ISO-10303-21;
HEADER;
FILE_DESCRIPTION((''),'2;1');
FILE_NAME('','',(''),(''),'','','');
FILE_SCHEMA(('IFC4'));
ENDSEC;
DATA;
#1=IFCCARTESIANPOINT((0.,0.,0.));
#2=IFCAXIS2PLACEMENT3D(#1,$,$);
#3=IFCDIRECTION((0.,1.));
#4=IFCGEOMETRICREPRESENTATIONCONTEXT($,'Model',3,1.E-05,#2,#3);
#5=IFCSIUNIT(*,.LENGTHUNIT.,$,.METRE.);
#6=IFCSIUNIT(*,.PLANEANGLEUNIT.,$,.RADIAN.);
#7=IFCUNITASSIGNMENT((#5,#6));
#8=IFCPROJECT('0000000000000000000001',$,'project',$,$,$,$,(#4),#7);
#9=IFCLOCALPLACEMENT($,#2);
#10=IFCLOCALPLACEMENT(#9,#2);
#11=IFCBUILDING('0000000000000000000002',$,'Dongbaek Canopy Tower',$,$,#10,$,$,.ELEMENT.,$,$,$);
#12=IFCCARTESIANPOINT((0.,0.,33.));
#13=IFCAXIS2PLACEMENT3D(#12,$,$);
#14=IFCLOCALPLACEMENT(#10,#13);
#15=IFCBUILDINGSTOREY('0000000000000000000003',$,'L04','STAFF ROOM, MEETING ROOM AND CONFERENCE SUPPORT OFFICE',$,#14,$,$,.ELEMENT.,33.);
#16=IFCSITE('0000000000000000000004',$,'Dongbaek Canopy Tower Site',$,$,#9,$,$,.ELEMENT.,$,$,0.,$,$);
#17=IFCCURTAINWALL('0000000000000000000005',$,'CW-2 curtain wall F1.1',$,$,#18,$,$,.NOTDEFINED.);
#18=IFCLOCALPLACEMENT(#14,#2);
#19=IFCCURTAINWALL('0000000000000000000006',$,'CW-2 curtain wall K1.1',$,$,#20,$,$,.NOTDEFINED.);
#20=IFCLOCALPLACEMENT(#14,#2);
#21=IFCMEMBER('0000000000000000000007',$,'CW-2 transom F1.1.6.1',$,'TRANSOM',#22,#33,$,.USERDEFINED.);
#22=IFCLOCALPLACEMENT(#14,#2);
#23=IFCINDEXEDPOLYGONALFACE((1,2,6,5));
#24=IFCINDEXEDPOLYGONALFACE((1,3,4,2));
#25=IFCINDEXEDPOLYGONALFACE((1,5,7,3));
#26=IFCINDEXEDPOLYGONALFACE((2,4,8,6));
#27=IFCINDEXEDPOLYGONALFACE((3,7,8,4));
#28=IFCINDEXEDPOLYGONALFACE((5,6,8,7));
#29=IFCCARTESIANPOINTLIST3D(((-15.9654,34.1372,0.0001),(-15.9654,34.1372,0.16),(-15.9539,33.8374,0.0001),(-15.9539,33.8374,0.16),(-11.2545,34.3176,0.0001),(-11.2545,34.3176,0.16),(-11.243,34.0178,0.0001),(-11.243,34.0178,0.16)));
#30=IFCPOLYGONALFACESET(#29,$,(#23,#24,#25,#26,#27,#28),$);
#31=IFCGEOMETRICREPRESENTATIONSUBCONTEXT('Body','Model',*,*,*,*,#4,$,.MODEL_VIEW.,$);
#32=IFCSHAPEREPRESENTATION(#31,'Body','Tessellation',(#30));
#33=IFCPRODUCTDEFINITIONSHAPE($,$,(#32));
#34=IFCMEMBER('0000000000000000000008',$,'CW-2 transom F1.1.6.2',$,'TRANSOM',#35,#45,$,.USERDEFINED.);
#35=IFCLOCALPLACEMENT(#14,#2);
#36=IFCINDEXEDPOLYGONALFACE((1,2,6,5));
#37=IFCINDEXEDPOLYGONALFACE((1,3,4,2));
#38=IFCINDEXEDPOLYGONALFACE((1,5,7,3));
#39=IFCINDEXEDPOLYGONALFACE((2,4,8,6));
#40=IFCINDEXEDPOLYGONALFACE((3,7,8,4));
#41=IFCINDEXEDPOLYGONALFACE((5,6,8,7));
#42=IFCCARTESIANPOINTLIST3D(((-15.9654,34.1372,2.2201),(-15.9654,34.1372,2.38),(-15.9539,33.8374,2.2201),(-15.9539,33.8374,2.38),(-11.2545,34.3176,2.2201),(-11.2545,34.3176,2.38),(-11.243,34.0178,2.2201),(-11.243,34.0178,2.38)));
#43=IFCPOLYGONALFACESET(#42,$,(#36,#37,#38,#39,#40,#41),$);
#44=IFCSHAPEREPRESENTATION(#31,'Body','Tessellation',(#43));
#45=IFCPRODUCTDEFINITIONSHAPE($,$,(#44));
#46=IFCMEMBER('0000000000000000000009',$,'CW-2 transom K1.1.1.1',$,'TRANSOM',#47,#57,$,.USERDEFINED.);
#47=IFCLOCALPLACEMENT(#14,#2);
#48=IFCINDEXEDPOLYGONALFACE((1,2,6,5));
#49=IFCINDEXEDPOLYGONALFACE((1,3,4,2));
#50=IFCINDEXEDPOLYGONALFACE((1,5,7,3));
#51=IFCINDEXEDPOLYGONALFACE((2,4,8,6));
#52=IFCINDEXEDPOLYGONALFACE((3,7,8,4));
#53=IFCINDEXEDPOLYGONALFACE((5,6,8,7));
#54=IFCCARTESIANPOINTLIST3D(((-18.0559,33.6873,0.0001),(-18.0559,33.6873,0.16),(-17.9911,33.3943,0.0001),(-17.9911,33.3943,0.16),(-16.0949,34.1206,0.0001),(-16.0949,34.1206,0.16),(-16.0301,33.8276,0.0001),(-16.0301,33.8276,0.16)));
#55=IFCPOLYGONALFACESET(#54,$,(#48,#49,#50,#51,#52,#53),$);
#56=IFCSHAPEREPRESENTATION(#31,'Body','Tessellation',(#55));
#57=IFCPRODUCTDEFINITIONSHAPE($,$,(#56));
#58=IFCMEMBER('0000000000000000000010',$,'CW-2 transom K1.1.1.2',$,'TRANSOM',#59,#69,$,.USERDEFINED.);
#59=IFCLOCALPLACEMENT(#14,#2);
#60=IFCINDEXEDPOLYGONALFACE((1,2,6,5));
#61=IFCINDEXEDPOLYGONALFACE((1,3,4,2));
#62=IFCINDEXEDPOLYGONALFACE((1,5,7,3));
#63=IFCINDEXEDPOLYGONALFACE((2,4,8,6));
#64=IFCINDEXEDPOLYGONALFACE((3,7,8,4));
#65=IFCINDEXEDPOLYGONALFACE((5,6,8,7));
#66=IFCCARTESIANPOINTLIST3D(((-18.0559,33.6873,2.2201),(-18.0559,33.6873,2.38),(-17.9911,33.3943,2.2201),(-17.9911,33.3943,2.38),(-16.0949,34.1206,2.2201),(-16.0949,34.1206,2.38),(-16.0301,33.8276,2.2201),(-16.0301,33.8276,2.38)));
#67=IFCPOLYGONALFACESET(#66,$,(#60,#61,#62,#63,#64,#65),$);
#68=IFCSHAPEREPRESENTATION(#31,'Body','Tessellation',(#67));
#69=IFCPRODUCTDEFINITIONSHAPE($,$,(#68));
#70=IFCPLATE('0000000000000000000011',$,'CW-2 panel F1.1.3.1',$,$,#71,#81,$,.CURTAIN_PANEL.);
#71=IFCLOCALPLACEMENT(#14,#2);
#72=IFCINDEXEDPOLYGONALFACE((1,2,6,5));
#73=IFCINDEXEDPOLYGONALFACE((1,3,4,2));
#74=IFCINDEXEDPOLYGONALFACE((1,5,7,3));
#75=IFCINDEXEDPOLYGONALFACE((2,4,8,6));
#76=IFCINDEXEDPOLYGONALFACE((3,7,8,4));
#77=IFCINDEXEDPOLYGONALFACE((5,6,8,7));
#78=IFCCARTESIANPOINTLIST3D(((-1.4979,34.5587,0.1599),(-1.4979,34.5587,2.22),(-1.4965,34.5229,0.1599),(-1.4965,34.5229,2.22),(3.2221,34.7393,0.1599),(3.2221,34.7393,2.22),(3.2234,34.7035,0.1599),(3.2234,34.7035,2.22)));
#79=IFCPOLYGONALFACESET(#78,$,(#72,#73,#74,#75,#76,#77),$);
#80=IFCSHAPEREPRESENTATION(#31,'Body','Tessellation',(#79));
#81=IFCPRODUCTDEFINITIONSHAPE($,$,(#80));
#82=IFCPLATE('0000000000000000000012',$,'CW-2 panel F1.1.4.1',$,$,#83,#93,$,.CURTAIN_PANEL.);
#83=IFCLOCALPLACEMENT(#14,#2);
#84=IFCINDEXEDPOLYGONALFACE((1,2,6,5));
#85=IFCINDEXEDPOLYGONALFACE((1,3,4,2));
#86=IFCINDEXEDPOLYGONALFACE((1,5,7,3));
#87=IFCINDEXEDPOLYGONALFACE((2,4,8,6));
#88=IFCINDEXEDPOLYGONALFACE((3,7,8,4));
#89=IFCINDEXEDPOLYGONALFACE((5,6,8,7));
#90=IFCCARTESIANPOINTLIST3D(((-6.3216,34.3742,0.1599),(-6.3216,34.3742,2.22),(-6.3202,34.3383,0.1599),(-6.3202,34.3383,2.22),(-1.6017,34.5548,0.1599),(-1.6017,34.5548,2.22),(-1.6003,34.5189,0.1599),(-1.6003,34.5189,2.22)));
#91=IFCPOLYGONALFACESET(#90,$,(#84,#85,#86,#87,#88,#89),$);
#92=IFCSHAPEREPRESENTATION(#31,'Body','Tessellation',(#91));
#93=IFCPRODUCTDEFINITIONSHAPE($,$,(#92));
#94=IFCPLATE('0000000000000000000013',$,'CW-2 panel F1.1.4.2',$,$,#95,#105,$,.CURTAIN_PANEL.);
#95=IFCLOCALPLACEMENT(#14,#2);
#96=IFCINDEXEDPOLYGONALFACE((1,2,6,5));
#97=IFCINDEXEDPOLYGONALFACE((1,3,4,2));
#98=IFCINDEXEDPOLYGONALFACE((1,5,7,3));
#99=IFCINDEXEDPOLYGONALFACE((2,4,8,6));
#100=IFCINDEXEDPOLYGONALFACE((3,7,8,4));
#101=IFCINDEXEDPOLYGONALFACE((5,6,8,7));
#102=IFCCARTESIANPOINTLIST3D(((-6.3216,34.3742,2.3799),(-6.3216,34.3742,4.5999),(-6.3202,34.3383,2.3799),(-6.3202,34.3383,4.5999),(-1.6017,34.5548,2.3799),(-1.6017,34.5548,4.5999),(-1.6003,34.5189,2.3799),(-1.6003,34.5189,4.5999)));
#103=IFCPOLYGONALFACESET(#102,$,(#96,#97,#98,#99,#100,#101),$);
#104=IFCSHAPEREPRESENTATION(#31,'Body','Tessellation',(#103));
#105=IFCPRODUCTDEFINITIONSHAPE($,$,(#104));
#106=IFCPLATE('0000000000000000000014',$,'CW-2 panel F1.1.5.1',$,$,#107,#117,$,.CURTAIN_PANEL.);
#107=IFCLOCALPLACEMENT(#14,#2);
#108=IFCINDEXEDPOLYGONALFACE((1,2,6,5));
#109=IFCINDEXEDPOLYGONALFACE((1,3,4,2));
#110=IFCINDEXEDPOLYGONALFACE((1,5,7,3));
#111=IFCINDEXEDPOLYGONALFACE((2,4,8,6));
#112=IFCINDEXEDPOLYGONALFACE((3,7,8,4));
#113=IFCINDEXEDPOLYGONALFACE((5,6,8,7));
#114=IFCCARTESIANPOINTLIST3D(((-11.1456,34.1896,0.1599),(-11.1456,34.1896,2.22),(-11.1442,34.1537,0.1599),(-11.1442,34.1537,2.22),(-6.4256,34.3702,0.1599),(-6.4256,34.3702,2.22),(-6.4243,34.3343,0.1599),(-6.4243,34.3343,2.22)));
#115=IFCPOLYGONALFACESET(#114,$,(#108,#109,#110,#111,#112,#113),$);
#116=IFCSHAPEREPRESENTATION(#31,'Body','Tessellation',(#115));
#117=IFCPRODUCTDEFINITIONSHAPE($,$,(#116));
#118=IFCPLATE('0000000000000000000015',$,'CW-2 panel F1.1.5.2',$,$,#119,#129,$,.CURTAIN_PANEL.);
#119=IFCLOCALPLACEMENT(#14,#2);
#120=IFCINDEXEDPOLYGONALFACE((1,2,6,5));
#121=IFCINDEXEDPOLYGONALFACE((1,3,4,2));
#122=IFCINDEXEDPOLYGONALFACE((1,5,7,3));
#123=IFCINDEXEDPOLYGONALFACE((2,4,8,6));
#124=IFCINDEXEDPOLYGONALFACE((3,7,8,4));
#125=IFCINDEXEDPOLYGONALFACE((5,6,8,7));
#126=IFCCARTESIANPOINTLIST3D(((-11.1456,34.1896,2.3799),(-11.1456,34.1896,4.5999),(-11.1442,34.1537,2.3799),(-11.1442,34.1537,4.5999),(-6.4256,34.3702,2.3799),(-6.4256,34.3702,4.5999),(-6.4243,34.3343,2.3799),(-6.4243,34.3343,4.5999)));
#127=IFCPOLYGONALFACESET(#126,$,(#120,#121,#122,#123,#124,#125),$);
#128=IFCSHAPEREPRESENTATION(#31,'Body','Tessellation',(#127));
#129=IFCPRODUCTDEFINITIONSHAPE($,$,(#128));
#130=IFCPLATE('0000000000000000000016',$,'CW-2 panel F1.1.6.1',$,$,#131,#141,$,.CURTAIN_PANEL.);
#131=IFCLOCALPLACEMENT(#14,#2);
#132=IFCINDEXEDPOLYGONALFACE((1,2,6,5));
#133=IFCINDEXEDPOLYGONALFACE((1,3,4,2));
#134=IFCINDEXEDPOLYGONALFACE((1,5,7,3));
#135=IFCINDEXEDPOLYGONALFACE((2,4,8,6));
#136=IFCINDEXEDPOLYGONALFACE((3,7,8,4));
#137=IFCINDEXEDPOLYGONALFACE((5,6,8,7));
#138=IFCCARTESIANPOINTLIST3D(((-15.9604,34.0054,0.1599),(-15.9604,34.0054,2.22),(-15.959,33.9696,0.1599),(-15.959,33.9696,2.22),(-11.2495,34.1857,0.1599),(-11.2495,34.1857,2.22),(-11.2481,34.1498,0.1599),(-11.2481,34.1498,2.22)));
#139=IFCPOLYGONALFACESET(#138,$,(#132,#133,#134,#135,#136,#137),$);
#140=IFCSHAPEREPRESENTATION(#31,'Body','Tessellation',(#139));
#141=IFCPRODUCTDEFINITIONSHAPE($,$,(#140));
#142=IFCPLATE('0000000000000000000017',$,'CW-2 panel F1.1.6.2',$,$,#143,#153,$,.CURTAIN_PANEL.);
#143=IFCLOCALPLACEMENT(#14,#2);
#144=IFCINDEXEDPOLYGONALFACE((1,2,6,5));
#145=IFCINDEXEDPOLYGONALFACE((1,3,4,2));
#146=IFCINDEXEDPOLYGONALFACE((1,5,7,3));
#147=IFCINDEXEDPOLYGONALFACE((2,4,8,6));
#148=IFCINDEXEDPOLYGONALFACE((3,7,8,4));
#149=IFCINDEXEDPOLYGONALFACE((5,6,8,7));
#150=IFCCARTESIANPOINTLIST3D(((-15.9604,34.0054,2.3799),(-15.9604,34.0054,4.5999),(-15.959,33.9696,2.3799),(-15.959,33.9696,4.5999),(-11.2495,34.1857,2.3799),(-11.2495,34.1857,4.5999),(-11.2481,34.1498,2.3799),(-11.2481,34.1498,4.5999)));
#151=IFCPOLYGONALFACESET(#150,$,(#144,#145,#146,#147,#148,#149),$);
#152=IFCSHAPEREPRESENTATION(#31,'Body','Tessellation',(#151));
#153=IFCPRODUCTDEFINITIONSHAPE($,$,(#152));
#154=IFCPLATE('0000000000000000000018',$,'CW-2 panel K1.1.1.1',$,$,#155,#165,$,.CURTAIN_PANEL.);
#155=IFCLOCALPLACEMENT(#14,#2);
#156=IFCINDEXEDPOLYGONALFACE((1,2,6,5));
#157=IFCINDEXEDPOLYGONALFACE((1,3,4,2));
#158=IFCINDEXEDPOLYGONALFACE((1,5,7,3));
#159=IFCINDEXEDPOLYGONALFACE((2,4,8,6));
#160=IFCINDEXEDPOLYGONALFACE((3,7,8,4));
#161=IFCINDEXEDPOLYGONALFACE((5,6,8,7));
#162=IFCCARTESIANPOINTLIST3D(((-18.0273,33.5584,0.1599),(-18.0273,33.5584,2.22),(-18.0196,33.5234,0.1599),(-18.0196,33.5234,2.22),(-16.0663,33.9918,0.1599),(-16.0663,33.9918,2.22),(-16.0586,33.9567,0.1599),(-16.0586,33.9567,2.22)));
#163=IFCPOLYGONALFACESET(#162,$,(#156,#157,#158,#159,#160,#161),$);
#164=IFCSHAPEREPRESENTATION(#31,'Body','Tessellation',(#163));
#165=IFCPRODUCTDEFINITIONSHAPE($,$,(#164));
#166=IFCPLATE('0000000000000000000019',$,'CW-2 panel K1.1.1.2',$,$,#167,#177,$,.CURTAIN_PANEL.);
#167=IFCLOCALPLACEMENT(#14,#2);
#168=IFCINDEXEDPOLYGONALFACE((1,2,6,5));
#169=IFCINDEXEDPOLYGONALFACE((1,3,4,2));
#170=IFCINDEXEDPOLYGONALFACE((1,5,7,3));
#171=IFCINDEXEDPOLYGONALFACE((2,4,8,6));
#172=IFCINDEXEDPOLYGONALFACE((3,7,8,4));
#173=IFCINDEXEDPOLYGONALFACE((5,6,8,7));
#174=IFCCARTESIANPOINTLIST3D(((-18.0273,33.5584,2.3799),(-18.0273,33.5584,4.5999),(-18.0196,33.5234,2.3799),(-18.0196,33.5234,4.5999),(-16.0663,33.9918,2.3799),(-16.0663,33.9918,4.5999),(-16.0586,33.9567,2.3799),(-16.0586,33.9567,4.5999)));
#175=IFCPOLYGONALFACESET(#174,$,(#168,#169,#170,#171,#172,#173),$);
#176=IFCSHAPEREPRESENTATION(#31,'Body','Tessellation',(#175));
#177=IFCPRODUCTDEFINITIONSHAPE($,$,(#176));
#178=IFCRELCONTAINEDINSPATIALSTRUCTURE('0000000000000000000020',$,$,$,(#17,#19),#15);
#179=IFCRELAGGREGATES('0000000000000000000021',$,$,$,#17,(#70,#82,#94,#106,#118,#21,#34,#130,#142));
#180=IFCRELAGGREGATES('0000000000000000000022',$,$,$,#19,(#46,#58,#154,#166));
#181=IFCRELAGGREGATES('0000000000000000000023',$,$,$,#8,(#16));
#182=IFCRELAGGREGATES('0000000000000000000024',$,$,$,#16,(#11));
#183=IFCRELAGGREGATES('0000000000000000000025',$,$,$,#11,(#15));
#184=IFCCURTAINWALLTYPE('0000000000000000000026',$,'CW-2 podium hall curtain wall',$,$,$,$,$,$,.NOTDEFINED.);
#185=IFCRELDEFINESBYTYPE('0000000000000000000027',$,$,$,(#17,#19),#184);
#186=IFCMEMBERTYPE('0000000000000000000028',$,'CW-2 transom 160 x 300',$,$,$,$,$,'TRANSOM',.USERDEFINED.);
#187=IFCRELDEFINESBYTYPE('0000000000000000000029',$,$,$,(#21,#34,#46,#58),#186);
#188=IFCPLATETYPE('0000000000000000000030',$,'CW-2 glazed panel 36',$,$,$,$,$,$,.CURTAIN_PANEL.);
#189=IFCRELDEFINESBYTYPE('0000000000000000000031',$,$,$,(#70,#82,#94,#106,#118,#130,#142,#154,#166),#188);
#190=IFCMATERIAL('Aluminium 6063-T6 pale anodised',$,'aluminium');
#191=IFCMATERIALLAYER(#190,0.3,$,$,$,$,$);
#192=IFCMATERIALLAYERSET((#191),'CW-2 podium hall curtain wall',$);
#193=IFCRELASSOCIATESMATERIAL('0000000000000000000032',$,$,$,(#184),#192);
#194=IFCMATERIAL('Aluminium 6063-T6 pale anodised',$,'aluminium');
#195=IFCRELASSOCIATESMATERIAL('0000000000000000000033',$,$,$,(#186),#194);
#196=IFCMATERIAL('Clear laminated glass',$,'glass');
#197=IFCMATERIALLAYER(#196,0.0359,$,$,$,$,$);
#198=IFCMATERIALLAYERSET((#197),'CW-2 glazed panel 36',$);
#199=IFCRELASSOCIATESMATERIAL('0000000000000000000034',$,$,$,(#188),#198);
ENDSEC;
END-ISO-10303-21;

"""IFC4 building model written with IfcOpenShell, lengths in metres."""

from ifc_helpers import new_model, si_unit, direction, frame, origin, origin_2d, place, context, subcontext, project, spatial, rectangle, extrude, material, layer, layer_set, material_profile, profile_set, type_object, element, aggregate, save


model = new_model("IFC4")

# Units and contexts
model_context = context("Model", 3, precision=1e-05, world=origin(), true_north=direction((0.0, 1.0)))
body_context = subcontext(model_context, "Body", "Model", "MODEL_VIEW")
ifc_project = project(units=[si_unit("LENGTHUNIT", "METRE"), si_unit("PLANEANGLEUNIT", "RADIAN")], contexts=[model_context])

# Site, building, storey
site_placement = place(None, origin())
site = spatial("IfcSite", under=ifc_project, at=site_placement, Name="Dongbaek Canopy Tower Site", CompositionType="ELEMENT", RefElevation=0.0)
building_placement = place(site_placement, origin())
building = spatial("IfcBuilding", under=site, at=building_placement, Name="Dongbaek Canopy Tower", CompositionType="ELEMENT")
storey_placement = place(building_placement, frame((0.0, 0.0, 33.0)))
storey = spatial("IfcBuildingStorey", under=building, at=storey_placement, Name="L04", Description="STAFF ROOM, MEETING ROOM AND CONFERENCE SUPPORT OFFICE", CompositionType="ELEMENT", Elevation=33.0)

# Curtain wall
ifc_material_1 = material(Name="Aluminium 6063-T6 pale anodised", Category="aluminium")
ifc_layer_1 = layer(ifc_material_1, 0.3)
ifc_layer_set_1 = layer_set([ifc_layer_1], Name="CW-2 podium hall curtain wall")
curtain_wall_type = type_object("IfcCurtainWallType", Name="CW-2 podium hall curtain wall", PredefinedType="NOTDEFINED", material=ifc_layer_set_1)
curtain_wall_1_placement = place(storey_placement, origin())
curtain_wall_1 = element("IfcCurtainWall", 1, at=curtain_wall_1_placement, inside=storey, type_object=curtain_wall_type, Name="CW-2 curtain wall F1.1", PredefinedType="NOTDEFINED")

# Curtain wall
curtain_wall_2_placement = place(storey_placement, origin())
curtain_wall_2 = element("IfcCurtainWall", 2, at=curtain_wall_2_placement, inside=storey, type_object=curtain_wall_type, Name="CW-2 curtain wall K1.1", PredefinedType="NOTDEFINED")

# Members
ifc_material_2 = material(Name="Aluminium 6063-T6 pale anodised", Category="aluminium")
ifc_material_profile_1 = material_profile(ifc_material_2, rectangle(XDim=0.3, YDim=0.1599, at=origin_2d()), Name="CW-2 transom 160 x 300")
ifc_profile_set_1 = profile_set([ifc_material_profile_1], Name="Aluminium 6063-T6 pale anodised")
member_type_1 = type_object("IfcMemberType", Name="CW-2 transom 160 x 300", ElementType="TRANSOM", PredefinedType="USERDEFINED", material=ifc_profile_set_1)
member_1_placement = place(storey_placement, frame((-11.2488, 34.1677, 0.0801), z_axis=(-0.999267, -0.03827, 0.0), x_axis=(0.03827, -0.999267, 0.0)))
member_1 = element("IfcMember", 3, at=member_1_placement, type_object=member_type_1, Name="CW-2 transom F1.1.6.1", ObjectType="TRANSOM", PredefinedType="USERDEFINED", context=body_context, shape_type="SweptSolid", body=[
    extrude(rectangle(XDim=0.3, YDim=0.1599, at=origin_2d()), origin(), (0.0, 0.0, 1.0), 4.7144),
])
member_2_placement = place(storey_placement, frame((-11.2488, 34.1677, 2.3), z_axis=(-0.999267, -0.03827, 0.0), x_axis=(0.03827, -0.999267, 0.0)))
member_2 = element("IfcMember", 4, at=member_2_placement, type_object=member_type_1, Name="CW-2 transom F1.1.6.2", ObjectType="TRANSOM", PredefinedType="USERDEFINED", context=body_context, shape_type="SweptSolid", body=[
    extrude(rectangle(XDim=0.3, YDim=0.1599, at=origin_2d()), origin(), (0.0, 0.0, 1.0), 4.7144),
])
member_3_placement = place(storey_placement, frame((-16.0625, 33.9741, 0.0801), z_axis=(-0.976441, -0.215785, 0.0), x_axis=(0.215785, -0.976441, 0.0)))
member_3 = element("IfcMember", 5, at=member_3_placement, type_object=member_type_1, Name="CW-2 transom K1.1.1.1", ObjectType="TRANSOM", PredefinedType="USERDEFINED", context=body_context, shape_type="SweptSolid", body=[
    extrude(rectangle(XDim=0.3, YDim=0.1599, at=origin_2d()), origin(), (0.0, 0.0, 1.0), 2.0083),
])
member_4_placement = place(storey_placement, frame((-16.0625, 33.9741, 2.3), z_axis=(-0.976441, -0.215785, 0.0), x_axis=(0.215785, -0.976441, 0.0)))
member_4 = element("IfcMember", 6, at=member_4_placement, type_object=member_type_1, Name="CW-2 transom K1.1.1.2", ObjectType="TRANSOM", PredefinedType="USERDEFINED", context=body_context, shape_type="SweptSolid", body=[
    extrude(rectangle(XDim=0.3, YDim=0.1599, at=origin_2d()), origin(), (0.0, 0.0, 1.0), 2.0083),
])

# Plates
ifc_material_3 = material(Name="Clear laminated glass", Category="glass")
ifc_layer_2 = layer(ifc_material_3, 0.0359)
ifc_layer_set_2 = layer_set([ifc_layer_2], Name="CW-2 glazed panel 36")
plate_type = type_object("IfcPlateType", Name="CW-2 glazed panel 36", PredefinedType="CURTAIN_PANEL", material=ifc_layer_set_2)
plate_1_placement = place(storey_placement, frame((0.8628, 34.6311, 0.1599), z_axis=(0.0, 0.0, 1.0), x_axis=(-0.999269, -0.038232, 0.0)))
plate_1 = element("IfcPlate", 7, at=plate_1_placement, type_object=plate_type, Name="CW-2 panel F1.1.3.1", PredefinedType="CURTAIN_PANEL", context=body_context, shape_type="SweptSolid", body=[
    extrude(rectangle(XDim=4.7234, YDim=0.0359, at=origin_2d()), origin(), (0.0, 0.0, 1.0), 2.0601),
])
plate_2_placement = place(storey_placement, frame((-3.9609, 34.4465, 0.1599), z_axis=(0.0, 0.0, 1.0), x_axis=(-0.999269, -0.038232, 0.0)))
plate_2 = element("IfcPlate", 8, at=plate_2_placement, type_object=plate_type, Name="CW-2 panel F1.1.4.1", PredefinedType="CURTAIN_PANEL", context=body_context, shape_type="SweptSolid", body=[
    extrude(rectangle(XDim=4.7234, YDim=0.0359, at=origin_2d()), origin(), (0.0, 0.0, 1.0), 2.0601),
])
plate_3_placement = place(storey_placement, frame((-3.9609, 34.4465, 2.3799), z_axis=(0.0, 0.0, 1.0), x_axis=(-0.999269, -0.038232, 0.0)))
plate_3 = element("IfcPlate", 9, at=plate_3_placement, type_object=plate_type, Name="CW-2 panel F1.1.4.2", PredefinedType="CURTAIN_PANEL", context=body_context, shape_type="SweptSolid", body=[
    extrude(rectangle(XDim=4.7234, YDim=0.0359, at=origin_2d()), origin(), (0.0, 0.0, 1.0), 2.22),
])
plate_4_placement = place(storey_placement, frame((-8.7849, 34.262, 0.1599), z_axis=(0.0, 0.0, 1.0), x_axis=(-0.999269, -0.038232, 0.0)))
plate_4 = element("IfcPlate", 10, at=plate_4_placement, type_object=plate_type, Name="CW-2 panel F1.1.5.1", PredefinedType="CURTAIN_PANEL", context=body_context, shape_type="SweptSolid", body=[
    extrude(rectangle(XDim=4.7234, YDim=0.0359, at=origin_2d()), origin(), (0.0, 0.0, 1.0), 2.0601),
])
plate_5_placement = place(storey_placement, frame((-8.7849, 34.262, 2.3799), z_axis=(0.0, 0.0, 1.0), x_axis=(-0.999269, -0.038232, 0.0)))
plate_5 = element("IfcPlate", 11, at=plate_5_placement, type_object=plate_type, Name="CW-2 panel F1.1.5.2", PredefinedType="CURTAIN_PANEL", context=body_context, shape_type="SweptSolid", body=[
    extrude(rectangle(XDim=4.7234, YDim=0.0359, at=origin_2d()), origin(), (0.0, 0.0, 1.0), 2.22),
])
plate_6_placement = place(storey_placement, frame((-13.6042, 34.0776, 0.1599), z_axis=(0.0, 0.0, 1.0), x_axis=(-0.999269, -0.038232, 0.0)))
plate_6 = element("IfcPlate", 12, at=plate_6_placement, type_object=plate_type, Name="CW-2 panel F1.1.6.1", PredefinedType="CURTAIN_PANEL", context=body_context, shape_type="SweptSolid", body=[
    extrude(rectangle(XDim=4.7144, YDim=0.0359, at=origin_2d()), origin(), (0.0, 0.0, 1.0), 2.0601),
])
plate_7_placement = place(storey_placement, frame((-13.6042, 34.0776, 2.3799), z_axis=(0.0, 0.0, 1.0), x_axis=(-0.999269, -0.038232, 0.0)))
plate_7 = element("IfcPlate", 13, at=plate_7_placement, type_object=plate_type, Name="CW-2 panel F1.1.6.2", PredefinedType="CURTAIN_PANEL", context=body_context, shape_type="SweptSolid", body=[
    extrude(rectangle(XDim=4.7144, YDim=0.0359, at=origin_2d()), origin(), (0.0, 0.0, 1.0), 2.22),
])
aggregate(curtain_wall_1, [plate_1, plate_2, plate_3, plate_4, plate_5, member_1, member_2, plate_6, plate_7])
plate_8_placement = place(storey_placement, frame((-17.043, 33.7576, 0.1599), z_axis=(0.0, 0.0, 1.0), x_axis=(-0.976443, -0.215775, 0.0)))
plate_8 = element("IfcPlate", 14, at=plate_8_placement, type_object=plate_type, Name="CW-2 panel K1.1.1.1", PredefinedType="CURTAIN_PANEL", context=body_context, shape_type="SweptSolid", body=[
    extrude(rectangle(XDim=2.0083, YDim=0.0359, at=origin_2d()), origin(), (0.0, 0.0, 1.0), 2.0601),
])
plate_9_placement = place(storey_placement, frame((-17.043, 33.7576, 2.3799), z_axis=(0.0, 0.0, 1.0), x_axis=(-0.976443, -0.215775, 0.0)))
plate_9 = element("IfcPlate", 15, at=plate_9_placement, type_object=plate_type, Name="CW-2 panel K1.1.1.2", PredefinedType="CURTAIN_PANEL", context=body_context, shape_type="SweptSolid", body=[
    extrude(rectangle(XDim=2.0083, YDim=0.0359, at=origin_2d()), origin(), (0.0, 0.0, 1.0), 2.22),
])
aggregate(curtain_wall_2, [member_3, member_4, plate_8, plate_9])

save(model, "model.ifc")
